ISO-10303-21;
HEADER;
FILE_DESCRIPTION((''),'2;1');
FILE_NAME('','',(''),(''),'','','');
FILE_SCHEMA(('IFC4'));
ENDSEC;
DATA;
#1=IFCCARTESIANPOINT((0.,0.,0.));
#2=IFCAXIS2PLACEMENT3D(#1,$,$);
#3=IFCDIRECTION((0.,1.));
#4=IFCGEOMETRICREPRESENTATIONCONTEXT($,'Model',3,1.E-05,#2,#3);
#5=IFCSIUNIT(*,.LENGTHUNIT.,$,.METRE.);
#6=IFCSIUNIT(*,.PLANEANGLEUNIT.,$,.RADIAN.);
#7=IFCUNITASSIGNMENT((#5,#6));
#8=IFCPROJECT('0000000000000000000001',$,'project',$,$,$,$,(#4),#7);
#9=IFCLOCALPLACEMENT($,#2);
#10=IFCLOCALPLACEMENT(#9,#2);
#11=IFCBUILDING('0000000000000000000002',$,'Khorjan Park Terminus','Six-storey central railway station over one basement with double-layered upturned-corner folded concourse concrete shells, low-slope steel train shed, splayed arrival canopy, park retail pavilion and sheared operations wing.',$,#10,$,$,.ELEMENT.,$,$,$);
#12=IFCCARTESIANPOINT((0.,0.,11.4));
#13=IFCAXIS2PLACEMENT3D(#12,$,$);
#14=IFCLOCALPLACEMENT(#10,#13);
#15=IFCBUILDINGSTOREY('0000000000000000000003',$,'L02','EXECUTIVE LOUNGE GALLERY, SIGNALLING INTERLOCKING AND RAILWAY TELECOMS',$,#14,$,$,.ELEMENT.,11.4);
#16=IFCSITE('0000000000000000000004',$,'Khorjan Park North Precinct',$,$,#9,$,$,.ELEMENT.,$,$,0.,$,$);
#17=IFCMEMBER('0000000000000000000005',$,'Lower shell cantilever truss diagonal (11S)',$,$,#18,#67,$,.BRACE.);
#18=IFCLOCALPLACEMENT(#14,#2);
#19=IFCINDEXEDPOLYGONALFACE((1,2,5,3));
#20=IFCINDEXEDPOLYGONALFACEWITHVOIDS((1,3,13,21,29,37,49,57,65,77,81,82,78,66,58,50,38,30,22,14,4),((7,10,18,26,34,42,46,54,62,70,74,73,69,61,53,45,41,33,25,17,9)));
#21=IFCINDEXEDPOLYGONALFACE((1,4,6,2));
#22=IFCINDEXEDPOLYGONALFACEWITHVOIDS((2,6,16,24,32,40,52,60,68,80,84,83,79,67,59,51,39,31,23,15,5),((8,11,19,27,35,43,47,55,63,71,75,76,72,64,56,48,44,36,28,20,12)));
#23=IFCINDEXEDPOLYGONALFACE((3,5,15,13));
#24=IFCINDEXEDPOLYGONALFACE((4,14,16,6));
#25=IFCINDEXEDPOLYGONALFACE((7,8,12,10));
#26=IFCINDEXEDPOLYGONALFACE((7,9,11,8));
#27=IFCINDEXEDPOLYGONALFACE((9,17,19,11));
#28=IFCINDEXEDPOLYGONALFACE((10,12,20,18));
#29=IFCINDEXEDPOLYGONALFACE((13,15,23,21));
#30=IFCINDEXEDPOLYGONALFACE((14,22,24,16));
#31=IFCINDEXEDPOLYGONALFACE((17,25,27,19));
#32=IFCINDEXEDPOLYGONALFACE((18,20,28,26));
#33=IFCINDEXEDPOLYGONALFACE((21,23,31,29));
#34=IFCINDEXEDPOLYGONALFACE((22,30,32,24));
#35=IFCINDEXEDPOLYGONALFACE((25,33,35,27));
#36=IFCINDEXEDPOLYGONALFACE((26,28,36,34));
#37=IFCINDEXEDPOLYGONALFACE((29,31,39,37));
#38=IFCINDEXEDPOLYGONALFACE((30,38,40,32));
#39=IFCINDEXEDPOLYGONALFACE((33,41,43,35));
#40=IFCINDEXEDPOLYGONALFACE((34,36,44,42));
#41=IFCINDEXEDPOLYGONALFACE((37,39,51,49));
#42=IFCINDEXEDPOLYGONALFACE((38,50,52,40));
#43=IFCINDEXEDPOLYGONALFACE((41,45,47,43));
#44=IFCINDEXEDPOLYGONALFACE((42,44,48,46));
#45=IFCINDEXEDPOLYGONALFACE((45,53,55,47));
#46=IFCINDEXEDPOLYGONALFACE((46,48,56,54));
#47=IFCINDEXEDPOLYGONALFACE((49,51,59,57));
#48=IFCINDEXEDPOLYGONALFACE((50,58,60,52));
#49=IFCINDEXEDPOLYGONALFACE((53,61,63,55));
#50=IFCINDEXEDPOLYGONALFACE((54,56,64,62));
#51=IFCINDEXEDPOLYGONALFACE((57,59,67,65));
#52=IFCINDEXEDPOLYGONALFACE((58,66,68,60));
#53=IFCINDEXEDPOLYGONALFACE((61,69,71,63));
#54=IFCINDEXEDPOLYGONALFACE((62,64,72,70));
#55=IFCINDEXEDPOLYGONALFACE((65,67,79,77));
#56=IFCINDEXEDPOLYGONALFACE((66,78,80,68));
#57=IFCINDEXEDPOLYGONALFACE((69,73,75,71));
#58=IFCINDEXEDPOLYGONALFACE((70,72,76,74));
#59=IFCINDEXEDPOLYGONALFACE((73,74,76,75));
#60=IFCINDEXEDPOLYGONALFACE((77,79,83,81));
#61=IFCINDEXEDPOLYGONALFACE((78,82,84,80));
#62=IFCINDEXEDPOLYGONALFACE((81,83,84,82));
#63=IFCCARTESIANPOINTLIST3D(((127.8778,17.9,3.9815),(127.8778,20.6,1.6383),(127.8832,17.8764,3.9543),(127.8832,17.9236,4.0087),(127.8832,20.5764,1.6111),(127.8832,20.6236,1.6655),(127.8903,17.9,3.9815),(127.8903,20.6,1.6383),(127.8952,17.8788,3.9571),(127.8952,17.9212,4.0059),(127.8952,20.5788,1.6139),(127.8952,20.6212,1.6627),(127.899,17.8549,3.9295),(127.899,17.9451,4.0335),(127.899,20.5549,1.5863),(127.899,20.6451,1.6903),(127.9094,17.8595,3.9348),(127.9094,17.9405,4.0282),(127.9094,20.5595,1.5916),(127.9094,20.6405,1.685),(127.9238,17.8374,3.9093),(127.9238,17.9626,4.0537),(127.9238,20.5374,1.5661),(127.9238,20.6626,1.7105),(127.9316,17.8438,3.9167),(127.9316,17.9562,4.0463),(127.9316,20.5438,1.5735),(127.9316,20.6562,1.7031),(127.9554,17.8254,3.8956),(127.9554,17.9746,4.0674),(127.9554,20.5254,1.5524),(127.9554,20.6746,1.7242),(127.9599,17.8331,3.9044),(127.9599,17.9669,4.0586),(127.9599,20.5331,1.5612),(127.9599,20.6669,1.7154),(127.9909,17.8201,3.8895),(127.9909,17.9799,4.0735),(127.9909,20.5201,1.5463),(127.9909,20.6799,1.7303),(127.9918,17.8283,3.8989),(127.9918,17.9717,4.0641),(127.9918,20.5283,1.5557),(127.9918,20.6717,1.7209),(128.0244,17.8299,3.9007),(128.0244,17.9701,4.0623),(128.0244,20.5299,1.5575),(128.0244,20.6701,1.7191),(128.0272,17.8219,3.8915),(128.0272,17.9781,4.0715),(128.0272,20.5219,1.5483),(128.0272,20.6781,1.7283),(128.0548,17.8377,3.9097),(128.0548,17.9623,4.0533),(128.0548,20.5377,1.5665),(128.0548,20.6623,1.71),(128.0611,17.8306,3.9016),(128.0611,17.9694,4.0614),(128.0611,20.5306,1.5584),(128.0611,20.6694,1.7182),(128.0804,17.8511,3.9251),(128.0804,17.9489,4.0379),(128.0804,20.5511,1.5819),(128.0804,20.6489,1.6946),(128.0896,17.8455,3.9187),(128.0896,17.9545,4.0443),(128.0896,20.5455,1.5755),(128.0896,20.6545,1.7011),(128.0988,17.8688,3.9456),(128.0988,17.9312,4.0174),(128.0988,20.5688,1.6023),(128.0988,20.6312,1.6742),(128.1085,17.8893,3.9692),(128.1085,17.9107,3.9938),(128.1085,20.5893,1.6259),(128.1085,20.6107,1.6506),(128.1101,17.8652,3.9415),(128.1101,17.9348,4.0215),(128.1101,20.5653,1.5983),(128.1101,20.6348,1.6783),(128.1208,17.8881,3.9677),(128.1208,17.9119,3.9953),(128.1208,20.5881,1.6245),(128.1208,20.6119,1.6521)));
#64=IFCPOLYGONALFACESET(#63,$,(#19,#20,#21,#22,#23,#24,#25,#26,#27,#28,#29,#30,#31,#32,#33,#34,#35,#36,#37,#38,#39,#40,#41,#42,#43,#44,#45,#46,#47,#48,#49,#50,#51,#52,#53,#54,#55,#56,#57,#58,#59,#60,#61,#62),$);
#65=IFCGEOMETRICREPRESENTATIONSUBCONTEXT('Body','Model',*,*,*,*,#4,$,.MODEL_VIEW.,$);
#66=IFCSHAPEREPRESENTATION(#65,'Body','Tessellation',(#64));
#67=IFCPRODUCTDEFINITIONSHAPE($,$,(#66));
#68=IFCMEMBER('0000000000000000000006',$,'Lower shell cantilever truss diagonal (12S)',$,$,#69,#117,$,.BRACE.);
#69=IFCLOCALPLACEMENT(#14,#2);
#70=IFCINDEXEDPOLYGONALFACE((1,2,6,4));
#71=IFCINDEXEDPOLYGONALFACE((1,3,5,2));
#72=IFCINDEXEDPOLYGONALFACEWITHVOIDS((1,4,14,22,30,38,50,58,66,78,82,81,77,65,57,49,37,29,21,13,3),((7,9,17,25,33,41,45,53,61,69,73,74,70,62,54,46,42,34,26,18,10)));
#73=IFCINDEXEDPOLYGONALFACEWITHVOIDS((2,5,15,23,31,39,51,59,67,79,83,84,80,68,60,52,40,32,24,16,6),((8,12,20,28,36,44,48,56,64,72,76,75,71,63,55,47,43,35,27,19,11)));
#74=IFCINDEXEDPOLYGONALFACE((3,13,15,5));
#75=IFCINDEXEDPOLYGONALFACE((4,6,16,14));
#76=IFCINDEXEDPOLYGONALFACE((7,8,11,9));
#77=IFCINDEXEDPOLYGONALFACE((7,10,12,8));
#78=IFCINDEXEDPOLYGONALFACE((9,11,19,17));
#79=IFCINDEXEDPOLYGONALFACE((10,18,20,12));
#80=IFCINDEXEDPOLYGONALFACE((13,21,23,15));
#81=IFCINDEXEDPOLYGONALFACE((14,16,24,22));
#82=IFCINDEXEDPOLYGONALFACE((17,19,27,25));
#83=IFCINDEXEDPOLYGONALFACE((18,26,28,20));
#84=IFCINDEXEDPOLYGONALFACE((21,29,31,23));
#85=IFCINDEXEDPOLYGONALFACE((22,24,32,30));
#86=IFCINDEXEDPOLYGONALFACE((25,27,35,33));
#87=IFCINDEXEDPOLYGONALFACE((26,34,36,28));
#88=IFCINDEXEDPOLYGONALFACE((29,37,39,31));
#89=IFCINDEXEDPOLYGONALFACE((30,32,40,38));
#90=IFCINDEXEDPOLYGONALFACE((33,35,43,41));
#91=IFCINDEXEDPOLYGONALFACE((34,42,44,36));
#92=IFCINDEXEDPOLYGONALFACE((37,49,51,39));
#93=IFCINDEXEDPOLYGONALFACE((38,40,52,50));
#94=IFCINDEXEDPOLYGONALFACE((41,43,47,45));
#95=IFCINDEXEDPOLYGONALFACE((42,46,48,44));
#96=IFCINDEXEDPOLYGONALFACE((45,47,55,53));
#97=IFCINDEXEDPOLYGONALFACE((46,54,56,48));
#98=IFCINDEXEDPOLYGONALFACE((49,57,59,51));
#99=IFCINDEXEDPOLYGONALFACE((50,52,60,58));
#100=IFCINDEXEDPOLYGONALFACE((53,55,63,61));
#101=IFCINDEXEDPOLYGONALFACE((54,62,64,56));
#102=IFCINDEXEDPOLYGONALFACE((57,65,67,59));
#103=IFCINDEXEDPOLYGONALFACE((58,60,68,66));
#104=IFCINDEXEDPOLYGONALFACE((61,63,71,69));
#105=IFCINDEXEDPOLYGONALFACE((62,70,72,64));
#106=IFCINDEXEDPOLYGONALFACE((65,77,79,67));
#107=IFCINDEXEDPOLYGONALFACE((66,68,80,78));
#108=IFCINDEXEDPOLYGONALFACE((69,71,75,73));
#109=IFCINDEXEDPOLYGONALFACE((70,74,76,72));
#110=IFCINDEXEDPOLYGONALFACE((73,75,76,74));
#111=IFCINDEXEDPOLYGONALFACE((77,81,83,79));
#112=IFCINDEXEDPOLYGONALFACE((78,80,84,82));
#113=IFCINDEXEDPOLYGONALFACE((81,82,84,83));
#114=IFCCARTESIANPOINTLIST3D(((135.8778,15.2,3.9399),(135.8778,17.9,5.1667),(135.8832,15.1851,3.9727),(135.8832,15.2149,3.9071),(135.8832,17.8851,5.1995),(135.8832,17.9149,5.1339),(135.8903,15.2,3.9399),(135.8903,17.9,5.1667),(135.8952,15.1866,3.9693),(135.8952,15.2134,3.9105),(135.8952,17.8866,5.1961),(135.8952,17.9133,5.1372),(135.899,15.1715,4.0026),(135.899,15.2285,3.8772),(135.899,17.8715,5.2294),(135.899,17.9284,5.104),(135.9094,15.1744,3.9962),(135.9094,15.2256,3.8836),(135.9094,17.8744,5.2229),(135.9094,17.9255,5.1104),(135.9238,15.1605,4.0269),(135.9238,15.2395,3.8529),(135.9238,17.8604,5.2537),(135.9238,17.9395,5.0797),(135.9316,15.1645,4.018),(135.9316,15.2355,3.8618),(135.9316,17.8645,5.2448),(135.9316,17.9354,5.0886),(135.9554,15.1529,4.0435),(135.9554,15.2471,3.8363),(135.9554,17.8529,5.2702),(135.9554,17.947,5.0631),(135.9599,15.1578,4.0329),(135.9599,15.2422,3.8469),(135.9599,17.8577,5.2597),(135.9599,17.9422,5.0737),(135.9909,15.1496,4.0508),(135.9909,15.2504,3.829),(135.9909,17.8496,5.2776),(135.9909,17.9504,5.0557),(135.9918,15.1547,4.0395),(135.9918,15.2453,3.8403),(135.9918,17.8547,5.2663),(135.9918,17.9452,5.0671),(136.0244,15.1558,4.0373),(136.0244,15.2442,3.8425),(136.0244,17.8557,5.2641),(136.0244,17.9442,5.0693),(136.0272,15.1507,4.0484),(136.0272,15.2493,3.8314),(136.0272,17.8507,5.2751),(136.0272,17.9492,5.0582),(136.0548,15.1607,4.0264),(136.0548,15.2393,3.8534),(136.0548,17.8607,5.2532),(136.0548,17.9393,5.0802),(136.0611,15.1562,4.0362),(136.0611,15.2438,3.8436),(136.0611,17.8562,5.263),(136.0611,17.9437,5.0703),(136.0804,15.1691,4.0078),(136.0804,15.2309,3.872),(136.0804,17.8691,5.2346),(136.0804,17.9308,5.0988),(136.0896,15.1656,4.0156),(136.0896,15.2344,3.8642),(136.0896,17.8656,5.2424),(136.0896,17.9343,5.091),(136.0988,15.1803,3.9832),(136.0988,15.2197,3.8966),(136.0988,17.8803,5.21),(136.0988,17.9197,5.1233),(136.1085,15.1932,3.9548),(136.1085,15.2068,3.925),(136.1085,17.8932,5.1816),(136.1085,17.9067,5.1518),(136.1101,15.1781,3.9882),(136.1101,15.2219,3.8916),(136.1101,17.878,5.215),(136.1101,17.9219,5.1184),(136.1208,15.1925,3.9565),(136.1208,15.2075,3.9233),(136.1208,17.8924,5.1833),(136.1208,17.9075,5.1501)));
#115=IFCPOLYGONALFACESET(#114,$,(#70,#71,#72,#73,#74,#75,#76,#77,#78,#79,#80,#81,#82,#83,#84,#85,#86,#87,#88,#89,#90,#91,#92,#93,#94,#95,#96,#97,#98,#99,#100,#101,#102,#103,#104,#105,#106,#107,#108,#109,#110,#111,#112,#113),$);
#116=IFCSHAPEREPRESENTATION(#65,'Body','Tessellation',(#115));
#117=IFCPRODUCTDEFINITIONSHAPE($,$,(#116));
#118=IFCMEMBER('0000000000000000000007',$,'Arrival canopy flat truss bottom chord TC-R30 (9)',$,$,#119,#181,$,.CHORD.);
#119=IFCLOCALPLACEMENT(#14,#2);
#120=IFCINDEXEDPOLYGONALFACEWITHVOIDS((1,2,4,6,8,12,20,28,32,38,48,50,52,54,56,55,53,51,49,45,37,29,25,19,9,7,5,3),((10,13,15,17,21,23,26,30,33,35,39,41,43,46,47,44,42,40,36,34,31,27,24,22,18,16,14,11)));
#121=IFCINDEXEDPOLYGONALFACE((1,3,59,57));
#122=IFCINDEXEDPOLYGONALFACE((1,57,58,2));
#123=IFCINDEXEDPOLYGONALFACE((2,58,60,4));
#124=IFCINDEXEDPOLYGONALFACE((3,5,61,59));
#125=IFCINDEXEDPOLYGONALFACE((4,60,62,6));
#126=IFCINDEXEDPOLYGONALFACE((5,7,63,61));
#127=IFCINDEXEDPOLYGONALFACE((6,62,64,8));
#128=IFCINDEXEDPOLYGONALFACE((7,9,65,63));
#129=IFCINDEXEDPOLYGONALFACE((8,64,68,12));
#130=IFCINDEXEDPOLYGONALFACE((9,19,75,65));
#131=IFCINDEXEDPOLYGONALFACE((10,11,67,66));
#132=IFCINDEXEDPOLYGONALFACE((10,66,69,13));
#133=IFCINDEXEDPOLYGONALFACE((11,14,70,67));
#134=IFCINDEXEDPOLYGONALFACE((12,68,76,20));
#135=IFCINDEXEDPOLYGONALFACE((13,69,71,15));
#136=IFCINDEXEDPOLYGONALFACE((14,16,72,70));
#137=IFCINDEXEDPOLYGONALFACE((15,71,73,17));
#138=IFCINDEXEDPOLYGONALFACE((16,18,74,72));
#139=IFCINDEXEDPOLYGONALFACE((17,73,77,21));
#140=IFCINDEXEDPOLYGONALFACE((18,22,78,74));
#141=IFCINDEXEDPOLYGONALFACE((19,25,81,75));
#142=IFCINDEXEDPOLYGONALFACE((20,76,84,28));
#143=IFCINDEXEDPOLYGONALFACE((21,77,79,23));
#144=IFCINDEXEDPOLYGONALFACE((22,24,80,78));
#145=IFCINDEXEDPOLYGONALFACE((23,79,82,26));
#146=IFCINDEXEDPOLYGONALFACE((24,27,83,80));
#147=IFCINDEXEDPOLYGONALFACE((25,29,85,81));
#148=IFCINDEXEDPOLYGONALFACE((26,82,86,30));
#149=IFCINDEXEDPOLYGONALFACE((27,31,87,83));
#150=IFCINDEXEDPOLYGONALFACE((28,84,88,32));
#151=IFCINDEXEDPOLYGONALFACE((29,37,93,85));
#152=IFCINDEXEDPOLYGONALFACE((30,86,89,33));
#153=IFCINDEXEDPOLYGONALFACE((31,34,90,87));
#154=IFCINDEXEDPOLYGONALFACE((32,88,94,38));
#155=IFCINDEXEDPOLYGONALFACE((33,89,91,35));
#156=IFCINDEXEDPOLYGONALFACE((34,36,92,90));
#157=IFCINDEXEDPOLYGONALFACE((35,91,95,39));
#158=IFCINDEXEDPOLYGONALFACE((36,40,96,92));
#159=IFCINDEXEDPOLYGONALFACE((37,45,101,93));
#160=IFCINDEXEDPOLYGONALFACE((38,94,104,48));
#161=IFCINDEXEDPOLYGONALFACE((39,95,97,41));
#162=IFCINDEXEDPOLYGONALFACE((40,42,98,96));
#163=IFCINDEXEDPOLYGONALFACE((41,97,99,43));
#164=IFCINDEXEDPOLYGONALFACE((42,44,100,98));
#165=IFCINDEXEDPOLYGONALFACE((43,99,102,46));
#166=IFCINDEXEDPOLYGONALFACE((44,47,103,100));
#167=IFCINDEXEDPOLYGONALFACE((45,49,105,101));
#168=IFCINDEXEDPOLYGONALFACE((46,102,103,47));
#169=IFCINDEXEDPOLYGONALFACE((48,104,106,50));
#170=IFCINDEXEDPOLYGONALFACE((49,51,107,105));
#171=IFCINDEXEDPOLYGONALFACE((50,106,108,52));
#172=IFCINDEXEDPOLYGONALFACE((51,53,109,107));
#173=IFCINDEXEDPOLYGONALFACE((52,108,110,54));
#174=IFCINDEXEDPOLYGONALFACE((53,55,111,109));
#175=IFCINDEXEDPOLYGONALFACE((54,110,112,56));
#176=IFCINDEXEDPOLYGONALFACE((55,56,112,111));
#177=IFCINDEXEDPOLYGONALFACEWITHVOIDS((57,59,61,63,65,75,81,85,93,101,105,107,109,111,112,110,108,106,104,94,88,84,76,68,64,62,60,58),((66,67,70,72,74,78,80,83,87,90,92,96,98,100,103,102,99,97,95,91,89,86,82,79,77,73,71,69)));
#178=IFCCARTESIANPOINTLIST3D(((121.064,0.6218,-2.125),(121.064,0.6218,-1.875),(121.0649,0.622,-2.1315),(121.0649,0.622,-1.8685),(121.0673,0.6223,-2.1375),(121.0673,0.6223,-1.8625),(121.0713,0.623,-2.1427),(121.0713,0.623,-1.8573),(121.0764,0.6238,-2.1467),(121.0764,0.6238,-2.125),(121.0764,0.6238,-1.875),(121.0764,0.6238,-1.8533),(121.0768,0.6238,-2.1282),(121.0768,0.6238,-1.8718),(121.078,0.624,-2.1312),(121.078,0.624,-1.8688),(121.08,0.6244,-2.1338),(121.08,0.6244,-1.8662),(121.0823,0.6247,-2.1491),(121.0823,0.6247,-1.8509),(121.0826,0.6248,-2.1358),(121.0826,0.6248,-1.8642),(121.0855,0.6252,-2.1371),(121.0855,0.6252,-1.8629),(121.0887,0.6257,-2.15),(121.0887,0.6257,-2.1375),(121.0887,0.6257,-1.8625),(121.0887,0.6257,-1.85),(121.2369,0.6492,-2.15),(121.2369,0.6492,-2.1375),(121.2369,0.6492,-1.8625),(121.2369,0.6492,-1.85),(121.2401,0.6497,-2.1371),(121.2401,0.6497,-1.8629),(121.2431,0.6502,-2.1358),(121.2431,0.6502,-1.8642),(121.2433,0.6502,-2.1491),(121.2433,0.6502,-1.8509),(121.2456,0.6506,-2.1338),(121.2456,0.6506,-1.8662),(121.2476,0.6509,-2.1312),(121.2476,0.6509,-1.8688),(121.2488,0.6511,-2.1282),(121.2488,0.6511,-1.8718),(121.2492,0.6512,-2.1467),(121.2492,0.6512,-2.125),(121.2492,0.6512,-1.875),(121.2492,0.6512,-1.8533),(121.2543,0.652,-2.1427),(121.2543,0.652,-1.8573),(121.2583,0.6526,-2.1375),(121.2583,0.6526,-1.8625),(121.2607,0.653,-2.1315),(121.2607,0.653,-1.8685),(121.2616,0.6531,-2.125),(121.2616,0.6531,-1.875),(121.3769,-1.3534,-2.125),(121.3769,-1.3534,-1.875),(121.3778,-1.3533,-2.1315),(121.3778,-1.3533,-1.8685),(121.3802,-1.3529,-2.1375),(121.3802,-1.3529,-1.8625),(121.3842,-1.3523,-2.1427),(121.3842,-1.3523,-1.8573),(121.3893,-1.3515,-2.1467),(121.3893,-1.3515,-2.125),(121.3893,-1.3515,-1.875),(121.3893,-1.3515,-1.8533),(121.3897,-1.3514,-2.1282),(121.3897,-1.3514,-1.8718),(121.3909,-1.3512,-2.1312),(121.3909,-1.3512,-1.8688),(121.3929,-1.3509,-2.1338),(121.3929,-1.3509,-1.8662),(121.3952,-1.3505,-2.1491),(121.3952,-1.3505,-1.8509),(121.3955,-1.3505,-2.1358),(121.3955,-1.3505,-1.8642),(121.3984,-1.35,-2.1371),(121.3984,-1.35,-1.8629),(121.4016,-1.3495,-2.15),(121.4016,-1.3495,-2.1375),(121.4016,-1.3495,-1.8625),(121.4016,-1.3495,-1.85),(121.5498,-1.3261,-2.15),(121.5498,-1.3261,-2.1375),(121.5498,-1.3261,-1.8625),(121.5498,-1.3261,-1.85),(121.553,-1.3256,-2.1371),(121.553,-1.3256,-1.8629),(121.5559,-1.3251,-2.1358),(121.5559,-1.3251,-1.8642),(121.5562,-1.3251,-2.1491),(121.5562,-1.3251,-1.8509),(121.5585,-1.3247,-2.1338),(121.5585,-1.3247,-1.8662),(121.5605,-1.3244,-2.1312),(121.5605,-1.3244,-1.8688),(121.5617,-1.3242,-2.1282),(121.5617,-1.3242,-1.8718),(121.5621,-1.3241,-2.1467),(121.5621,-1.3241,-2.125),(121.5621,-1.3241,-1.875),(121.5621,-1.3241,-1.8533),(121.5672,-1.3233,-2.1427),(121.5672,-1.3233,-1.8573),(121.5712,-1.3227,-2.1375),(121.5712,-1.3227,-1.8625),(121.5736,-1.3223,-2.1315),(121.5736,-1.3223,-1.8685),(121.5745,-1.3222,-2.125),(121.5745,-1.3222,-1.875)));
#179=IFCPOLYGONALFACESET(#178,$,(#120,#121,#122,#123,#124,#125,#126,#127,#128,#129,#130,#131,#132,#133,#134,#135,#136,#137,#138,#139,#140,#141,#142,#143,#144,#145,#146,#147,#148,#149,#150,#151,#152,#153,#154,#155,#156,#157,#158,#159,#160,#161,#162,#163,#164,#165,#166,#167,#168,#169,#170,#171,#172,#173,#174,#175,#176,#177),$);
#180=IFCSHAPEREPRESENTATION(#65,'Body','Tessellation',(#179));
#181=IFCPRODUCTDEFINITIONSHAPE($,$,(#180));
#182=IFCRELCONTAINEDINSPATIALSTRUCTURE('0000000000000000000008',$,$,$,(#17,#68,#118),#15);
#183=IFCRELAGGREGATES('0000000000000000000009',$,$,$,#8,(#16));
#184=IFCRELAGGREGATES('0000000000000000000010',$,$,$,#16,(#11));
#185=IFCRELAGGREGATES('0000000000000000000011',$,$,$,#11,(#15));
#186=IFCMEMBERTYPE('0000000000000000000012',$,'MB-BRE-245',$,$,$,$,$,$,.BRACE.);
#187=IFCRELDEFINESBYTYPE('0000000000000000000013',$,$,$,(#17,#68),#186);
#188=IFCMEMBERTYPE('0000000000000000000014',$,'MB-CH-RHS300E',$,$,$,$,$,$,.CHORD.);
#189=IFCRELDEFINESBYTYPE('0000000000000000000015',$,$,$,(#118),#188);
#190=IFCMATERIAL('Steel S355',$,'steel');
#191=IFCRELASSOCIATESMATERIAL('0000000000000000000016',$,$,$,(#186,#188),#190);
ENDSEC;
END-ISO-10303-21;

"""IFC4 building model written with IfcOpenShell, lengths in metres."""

from ifc_helpers import new_model, si_unit, direction, frame, origin, origin_2d, place, context, subcontext, project, spatial, hollow_rectangle, hollow_circle, extrude, material, material_profile, profile_set, type_object, element, save


model = new_model("IFC4")

# Units and contexts
model_context = context("Model", 3, precision=1e-05, world=origin(), true_north=direction((0.0, 1.0)))
body_context = subcontext(model_context, "Body", "Model", "MODEL_VIEW")
ifc_project = project(units=[si_unit("LENGTHUNIT", "METRE"), si_unit("PLANEANGLEUNIT", "RADIAN")], contexts=[model_context])

# Site, building, storey
site_placement = place(None, origin())
site = spatial("IfcSite", under=ifc_project, at=site_placement, Name="Khorjan Park North Precinct", CompositionType="ELEMENT", RefElevation=0.0)
building_placement = place(site_placement, origin())
building = spatial("IfcBuilding", under=site, at=building_placement, Name="Khorjan Park Terminus", Description="Six-storey central railway station over one basement with double-layered upturned-corner folded concourse concrete shells, low-slope steel train shed, splayed arrival canopy, park retail pavilion and sheared operations wing.", CompositionType="ELEMENT")
storey_placement = place(building_placement, frame((0.0, 0.0, 11.4)))
storey = spatial("IfcBuildingStorey", under=building, at=storey_placement, Name="L02", Description="EXECUTIVE LOUNGE GALLERY, SIGNALLING INTERLOCKING AND RAILWAY TELECOMS", CompositionType="ELEMENT", Elevation=11.4)

# Members
ifc_material_1 = material(Name="Steel S355", Category="steel")
ifc_material_profile_1 = material_profile(ifc_material_1, hollow_circle(Radius=0.1222, WallThickness=0.0125, at=origin_2d()), Name="CHS 244.5x12.5")
ifc_profile_set_1 = profile_set([ifc_material_profile_1], Name="Steel S355")
member_type_1 = type_object("IfcMemberType", Name="MB-BRE-245", PredefinedType="BRACE", material=ifc_profile_set_1)
member_1_placement = place(storey_placement, frame((128.0, 17.9, 3.9815), z_axis=(0.0, 0.755246, -0.655442), x_axis=(-1.0, 0.0, 0.0)))
element("IfcMember", 1, at=member_1_placement, inside=storey, type_object=member_type_1, Name="Lower shell cantilever truss diagonal (11S)", PredefinedType="BRACE", context=body_context, shape_type="SweptSolid", body=[
    extrude(hollow_circle(Radius=0.1222, WallThickness=0.0125, at=origin_2d()), origin(), (0.0, 0.0, 1.0), 3.575),
])
member_2_placement = place(storey_placement, frame((136.0, 15.2, 3.9399), z_axis=(0.0, 0.910427, 0.413671), x_axis=(-1.0, 0.0, 0.0)))
element("IfcMember", 2, at=member_2_placement, inside=storey, type_object=member_type_1, Name="Lower shell cantilever truss diagonal (12S)", PredefinedType="BRACE", context=body_context, shape_type="SweptSolid", body=[
    extrude(hollow_circle(Radius=0.1222, WallThickness=0.0125, at=origin_2d()), origin(), (0.0, 0.0, 1.0), 2.9656),
])
ifc_material_profile_2 = material_profile(ifc_material_1, hollow_rectangle(XDim=0.2, YDim=0.3, WallThickness=0.0125, InnerFilletRadius=0.0125, OuterFilletRadius=0.025, at=origin_2d()), Name="RHS 300x200x12.5")
ifc_profile_set_2 = profile_set([ifc_material_profile_2], Name="Steel S355")
member_type_2 = type_object("IfcMemberType", Name="MB-CH-RHS300E", PredefinedType="CHORD", material=ifc_profile_set_2)
member_3_placement = place(storey_placement, frame((121.4757, -1.3378, -2.0), z_axis=(-0.156456, 0.987685, 0.0), x_axis=(-0.987685, -0.156456, 0.0)))
element("IfcMember", 3, at=member_3_placement, inside=storey, type_object=member_type_2, Name="Arrival canopy flat truss bottom chord TC-R30 (9)", PredefinedType="CHORD", context=body_context, shape_type="SweptSolid", body=[
    extrude(hollow_rectangle(XDim=0.2, YDim=0.3, WallThickness=0.0125, InnerFilletRadius=0.0125, OuterFilletRadius=0.025, at=origin_2d()), origin(), (0.0, 0.0, 1.0), 1.9999),
])

save(model, "model.ifc")
